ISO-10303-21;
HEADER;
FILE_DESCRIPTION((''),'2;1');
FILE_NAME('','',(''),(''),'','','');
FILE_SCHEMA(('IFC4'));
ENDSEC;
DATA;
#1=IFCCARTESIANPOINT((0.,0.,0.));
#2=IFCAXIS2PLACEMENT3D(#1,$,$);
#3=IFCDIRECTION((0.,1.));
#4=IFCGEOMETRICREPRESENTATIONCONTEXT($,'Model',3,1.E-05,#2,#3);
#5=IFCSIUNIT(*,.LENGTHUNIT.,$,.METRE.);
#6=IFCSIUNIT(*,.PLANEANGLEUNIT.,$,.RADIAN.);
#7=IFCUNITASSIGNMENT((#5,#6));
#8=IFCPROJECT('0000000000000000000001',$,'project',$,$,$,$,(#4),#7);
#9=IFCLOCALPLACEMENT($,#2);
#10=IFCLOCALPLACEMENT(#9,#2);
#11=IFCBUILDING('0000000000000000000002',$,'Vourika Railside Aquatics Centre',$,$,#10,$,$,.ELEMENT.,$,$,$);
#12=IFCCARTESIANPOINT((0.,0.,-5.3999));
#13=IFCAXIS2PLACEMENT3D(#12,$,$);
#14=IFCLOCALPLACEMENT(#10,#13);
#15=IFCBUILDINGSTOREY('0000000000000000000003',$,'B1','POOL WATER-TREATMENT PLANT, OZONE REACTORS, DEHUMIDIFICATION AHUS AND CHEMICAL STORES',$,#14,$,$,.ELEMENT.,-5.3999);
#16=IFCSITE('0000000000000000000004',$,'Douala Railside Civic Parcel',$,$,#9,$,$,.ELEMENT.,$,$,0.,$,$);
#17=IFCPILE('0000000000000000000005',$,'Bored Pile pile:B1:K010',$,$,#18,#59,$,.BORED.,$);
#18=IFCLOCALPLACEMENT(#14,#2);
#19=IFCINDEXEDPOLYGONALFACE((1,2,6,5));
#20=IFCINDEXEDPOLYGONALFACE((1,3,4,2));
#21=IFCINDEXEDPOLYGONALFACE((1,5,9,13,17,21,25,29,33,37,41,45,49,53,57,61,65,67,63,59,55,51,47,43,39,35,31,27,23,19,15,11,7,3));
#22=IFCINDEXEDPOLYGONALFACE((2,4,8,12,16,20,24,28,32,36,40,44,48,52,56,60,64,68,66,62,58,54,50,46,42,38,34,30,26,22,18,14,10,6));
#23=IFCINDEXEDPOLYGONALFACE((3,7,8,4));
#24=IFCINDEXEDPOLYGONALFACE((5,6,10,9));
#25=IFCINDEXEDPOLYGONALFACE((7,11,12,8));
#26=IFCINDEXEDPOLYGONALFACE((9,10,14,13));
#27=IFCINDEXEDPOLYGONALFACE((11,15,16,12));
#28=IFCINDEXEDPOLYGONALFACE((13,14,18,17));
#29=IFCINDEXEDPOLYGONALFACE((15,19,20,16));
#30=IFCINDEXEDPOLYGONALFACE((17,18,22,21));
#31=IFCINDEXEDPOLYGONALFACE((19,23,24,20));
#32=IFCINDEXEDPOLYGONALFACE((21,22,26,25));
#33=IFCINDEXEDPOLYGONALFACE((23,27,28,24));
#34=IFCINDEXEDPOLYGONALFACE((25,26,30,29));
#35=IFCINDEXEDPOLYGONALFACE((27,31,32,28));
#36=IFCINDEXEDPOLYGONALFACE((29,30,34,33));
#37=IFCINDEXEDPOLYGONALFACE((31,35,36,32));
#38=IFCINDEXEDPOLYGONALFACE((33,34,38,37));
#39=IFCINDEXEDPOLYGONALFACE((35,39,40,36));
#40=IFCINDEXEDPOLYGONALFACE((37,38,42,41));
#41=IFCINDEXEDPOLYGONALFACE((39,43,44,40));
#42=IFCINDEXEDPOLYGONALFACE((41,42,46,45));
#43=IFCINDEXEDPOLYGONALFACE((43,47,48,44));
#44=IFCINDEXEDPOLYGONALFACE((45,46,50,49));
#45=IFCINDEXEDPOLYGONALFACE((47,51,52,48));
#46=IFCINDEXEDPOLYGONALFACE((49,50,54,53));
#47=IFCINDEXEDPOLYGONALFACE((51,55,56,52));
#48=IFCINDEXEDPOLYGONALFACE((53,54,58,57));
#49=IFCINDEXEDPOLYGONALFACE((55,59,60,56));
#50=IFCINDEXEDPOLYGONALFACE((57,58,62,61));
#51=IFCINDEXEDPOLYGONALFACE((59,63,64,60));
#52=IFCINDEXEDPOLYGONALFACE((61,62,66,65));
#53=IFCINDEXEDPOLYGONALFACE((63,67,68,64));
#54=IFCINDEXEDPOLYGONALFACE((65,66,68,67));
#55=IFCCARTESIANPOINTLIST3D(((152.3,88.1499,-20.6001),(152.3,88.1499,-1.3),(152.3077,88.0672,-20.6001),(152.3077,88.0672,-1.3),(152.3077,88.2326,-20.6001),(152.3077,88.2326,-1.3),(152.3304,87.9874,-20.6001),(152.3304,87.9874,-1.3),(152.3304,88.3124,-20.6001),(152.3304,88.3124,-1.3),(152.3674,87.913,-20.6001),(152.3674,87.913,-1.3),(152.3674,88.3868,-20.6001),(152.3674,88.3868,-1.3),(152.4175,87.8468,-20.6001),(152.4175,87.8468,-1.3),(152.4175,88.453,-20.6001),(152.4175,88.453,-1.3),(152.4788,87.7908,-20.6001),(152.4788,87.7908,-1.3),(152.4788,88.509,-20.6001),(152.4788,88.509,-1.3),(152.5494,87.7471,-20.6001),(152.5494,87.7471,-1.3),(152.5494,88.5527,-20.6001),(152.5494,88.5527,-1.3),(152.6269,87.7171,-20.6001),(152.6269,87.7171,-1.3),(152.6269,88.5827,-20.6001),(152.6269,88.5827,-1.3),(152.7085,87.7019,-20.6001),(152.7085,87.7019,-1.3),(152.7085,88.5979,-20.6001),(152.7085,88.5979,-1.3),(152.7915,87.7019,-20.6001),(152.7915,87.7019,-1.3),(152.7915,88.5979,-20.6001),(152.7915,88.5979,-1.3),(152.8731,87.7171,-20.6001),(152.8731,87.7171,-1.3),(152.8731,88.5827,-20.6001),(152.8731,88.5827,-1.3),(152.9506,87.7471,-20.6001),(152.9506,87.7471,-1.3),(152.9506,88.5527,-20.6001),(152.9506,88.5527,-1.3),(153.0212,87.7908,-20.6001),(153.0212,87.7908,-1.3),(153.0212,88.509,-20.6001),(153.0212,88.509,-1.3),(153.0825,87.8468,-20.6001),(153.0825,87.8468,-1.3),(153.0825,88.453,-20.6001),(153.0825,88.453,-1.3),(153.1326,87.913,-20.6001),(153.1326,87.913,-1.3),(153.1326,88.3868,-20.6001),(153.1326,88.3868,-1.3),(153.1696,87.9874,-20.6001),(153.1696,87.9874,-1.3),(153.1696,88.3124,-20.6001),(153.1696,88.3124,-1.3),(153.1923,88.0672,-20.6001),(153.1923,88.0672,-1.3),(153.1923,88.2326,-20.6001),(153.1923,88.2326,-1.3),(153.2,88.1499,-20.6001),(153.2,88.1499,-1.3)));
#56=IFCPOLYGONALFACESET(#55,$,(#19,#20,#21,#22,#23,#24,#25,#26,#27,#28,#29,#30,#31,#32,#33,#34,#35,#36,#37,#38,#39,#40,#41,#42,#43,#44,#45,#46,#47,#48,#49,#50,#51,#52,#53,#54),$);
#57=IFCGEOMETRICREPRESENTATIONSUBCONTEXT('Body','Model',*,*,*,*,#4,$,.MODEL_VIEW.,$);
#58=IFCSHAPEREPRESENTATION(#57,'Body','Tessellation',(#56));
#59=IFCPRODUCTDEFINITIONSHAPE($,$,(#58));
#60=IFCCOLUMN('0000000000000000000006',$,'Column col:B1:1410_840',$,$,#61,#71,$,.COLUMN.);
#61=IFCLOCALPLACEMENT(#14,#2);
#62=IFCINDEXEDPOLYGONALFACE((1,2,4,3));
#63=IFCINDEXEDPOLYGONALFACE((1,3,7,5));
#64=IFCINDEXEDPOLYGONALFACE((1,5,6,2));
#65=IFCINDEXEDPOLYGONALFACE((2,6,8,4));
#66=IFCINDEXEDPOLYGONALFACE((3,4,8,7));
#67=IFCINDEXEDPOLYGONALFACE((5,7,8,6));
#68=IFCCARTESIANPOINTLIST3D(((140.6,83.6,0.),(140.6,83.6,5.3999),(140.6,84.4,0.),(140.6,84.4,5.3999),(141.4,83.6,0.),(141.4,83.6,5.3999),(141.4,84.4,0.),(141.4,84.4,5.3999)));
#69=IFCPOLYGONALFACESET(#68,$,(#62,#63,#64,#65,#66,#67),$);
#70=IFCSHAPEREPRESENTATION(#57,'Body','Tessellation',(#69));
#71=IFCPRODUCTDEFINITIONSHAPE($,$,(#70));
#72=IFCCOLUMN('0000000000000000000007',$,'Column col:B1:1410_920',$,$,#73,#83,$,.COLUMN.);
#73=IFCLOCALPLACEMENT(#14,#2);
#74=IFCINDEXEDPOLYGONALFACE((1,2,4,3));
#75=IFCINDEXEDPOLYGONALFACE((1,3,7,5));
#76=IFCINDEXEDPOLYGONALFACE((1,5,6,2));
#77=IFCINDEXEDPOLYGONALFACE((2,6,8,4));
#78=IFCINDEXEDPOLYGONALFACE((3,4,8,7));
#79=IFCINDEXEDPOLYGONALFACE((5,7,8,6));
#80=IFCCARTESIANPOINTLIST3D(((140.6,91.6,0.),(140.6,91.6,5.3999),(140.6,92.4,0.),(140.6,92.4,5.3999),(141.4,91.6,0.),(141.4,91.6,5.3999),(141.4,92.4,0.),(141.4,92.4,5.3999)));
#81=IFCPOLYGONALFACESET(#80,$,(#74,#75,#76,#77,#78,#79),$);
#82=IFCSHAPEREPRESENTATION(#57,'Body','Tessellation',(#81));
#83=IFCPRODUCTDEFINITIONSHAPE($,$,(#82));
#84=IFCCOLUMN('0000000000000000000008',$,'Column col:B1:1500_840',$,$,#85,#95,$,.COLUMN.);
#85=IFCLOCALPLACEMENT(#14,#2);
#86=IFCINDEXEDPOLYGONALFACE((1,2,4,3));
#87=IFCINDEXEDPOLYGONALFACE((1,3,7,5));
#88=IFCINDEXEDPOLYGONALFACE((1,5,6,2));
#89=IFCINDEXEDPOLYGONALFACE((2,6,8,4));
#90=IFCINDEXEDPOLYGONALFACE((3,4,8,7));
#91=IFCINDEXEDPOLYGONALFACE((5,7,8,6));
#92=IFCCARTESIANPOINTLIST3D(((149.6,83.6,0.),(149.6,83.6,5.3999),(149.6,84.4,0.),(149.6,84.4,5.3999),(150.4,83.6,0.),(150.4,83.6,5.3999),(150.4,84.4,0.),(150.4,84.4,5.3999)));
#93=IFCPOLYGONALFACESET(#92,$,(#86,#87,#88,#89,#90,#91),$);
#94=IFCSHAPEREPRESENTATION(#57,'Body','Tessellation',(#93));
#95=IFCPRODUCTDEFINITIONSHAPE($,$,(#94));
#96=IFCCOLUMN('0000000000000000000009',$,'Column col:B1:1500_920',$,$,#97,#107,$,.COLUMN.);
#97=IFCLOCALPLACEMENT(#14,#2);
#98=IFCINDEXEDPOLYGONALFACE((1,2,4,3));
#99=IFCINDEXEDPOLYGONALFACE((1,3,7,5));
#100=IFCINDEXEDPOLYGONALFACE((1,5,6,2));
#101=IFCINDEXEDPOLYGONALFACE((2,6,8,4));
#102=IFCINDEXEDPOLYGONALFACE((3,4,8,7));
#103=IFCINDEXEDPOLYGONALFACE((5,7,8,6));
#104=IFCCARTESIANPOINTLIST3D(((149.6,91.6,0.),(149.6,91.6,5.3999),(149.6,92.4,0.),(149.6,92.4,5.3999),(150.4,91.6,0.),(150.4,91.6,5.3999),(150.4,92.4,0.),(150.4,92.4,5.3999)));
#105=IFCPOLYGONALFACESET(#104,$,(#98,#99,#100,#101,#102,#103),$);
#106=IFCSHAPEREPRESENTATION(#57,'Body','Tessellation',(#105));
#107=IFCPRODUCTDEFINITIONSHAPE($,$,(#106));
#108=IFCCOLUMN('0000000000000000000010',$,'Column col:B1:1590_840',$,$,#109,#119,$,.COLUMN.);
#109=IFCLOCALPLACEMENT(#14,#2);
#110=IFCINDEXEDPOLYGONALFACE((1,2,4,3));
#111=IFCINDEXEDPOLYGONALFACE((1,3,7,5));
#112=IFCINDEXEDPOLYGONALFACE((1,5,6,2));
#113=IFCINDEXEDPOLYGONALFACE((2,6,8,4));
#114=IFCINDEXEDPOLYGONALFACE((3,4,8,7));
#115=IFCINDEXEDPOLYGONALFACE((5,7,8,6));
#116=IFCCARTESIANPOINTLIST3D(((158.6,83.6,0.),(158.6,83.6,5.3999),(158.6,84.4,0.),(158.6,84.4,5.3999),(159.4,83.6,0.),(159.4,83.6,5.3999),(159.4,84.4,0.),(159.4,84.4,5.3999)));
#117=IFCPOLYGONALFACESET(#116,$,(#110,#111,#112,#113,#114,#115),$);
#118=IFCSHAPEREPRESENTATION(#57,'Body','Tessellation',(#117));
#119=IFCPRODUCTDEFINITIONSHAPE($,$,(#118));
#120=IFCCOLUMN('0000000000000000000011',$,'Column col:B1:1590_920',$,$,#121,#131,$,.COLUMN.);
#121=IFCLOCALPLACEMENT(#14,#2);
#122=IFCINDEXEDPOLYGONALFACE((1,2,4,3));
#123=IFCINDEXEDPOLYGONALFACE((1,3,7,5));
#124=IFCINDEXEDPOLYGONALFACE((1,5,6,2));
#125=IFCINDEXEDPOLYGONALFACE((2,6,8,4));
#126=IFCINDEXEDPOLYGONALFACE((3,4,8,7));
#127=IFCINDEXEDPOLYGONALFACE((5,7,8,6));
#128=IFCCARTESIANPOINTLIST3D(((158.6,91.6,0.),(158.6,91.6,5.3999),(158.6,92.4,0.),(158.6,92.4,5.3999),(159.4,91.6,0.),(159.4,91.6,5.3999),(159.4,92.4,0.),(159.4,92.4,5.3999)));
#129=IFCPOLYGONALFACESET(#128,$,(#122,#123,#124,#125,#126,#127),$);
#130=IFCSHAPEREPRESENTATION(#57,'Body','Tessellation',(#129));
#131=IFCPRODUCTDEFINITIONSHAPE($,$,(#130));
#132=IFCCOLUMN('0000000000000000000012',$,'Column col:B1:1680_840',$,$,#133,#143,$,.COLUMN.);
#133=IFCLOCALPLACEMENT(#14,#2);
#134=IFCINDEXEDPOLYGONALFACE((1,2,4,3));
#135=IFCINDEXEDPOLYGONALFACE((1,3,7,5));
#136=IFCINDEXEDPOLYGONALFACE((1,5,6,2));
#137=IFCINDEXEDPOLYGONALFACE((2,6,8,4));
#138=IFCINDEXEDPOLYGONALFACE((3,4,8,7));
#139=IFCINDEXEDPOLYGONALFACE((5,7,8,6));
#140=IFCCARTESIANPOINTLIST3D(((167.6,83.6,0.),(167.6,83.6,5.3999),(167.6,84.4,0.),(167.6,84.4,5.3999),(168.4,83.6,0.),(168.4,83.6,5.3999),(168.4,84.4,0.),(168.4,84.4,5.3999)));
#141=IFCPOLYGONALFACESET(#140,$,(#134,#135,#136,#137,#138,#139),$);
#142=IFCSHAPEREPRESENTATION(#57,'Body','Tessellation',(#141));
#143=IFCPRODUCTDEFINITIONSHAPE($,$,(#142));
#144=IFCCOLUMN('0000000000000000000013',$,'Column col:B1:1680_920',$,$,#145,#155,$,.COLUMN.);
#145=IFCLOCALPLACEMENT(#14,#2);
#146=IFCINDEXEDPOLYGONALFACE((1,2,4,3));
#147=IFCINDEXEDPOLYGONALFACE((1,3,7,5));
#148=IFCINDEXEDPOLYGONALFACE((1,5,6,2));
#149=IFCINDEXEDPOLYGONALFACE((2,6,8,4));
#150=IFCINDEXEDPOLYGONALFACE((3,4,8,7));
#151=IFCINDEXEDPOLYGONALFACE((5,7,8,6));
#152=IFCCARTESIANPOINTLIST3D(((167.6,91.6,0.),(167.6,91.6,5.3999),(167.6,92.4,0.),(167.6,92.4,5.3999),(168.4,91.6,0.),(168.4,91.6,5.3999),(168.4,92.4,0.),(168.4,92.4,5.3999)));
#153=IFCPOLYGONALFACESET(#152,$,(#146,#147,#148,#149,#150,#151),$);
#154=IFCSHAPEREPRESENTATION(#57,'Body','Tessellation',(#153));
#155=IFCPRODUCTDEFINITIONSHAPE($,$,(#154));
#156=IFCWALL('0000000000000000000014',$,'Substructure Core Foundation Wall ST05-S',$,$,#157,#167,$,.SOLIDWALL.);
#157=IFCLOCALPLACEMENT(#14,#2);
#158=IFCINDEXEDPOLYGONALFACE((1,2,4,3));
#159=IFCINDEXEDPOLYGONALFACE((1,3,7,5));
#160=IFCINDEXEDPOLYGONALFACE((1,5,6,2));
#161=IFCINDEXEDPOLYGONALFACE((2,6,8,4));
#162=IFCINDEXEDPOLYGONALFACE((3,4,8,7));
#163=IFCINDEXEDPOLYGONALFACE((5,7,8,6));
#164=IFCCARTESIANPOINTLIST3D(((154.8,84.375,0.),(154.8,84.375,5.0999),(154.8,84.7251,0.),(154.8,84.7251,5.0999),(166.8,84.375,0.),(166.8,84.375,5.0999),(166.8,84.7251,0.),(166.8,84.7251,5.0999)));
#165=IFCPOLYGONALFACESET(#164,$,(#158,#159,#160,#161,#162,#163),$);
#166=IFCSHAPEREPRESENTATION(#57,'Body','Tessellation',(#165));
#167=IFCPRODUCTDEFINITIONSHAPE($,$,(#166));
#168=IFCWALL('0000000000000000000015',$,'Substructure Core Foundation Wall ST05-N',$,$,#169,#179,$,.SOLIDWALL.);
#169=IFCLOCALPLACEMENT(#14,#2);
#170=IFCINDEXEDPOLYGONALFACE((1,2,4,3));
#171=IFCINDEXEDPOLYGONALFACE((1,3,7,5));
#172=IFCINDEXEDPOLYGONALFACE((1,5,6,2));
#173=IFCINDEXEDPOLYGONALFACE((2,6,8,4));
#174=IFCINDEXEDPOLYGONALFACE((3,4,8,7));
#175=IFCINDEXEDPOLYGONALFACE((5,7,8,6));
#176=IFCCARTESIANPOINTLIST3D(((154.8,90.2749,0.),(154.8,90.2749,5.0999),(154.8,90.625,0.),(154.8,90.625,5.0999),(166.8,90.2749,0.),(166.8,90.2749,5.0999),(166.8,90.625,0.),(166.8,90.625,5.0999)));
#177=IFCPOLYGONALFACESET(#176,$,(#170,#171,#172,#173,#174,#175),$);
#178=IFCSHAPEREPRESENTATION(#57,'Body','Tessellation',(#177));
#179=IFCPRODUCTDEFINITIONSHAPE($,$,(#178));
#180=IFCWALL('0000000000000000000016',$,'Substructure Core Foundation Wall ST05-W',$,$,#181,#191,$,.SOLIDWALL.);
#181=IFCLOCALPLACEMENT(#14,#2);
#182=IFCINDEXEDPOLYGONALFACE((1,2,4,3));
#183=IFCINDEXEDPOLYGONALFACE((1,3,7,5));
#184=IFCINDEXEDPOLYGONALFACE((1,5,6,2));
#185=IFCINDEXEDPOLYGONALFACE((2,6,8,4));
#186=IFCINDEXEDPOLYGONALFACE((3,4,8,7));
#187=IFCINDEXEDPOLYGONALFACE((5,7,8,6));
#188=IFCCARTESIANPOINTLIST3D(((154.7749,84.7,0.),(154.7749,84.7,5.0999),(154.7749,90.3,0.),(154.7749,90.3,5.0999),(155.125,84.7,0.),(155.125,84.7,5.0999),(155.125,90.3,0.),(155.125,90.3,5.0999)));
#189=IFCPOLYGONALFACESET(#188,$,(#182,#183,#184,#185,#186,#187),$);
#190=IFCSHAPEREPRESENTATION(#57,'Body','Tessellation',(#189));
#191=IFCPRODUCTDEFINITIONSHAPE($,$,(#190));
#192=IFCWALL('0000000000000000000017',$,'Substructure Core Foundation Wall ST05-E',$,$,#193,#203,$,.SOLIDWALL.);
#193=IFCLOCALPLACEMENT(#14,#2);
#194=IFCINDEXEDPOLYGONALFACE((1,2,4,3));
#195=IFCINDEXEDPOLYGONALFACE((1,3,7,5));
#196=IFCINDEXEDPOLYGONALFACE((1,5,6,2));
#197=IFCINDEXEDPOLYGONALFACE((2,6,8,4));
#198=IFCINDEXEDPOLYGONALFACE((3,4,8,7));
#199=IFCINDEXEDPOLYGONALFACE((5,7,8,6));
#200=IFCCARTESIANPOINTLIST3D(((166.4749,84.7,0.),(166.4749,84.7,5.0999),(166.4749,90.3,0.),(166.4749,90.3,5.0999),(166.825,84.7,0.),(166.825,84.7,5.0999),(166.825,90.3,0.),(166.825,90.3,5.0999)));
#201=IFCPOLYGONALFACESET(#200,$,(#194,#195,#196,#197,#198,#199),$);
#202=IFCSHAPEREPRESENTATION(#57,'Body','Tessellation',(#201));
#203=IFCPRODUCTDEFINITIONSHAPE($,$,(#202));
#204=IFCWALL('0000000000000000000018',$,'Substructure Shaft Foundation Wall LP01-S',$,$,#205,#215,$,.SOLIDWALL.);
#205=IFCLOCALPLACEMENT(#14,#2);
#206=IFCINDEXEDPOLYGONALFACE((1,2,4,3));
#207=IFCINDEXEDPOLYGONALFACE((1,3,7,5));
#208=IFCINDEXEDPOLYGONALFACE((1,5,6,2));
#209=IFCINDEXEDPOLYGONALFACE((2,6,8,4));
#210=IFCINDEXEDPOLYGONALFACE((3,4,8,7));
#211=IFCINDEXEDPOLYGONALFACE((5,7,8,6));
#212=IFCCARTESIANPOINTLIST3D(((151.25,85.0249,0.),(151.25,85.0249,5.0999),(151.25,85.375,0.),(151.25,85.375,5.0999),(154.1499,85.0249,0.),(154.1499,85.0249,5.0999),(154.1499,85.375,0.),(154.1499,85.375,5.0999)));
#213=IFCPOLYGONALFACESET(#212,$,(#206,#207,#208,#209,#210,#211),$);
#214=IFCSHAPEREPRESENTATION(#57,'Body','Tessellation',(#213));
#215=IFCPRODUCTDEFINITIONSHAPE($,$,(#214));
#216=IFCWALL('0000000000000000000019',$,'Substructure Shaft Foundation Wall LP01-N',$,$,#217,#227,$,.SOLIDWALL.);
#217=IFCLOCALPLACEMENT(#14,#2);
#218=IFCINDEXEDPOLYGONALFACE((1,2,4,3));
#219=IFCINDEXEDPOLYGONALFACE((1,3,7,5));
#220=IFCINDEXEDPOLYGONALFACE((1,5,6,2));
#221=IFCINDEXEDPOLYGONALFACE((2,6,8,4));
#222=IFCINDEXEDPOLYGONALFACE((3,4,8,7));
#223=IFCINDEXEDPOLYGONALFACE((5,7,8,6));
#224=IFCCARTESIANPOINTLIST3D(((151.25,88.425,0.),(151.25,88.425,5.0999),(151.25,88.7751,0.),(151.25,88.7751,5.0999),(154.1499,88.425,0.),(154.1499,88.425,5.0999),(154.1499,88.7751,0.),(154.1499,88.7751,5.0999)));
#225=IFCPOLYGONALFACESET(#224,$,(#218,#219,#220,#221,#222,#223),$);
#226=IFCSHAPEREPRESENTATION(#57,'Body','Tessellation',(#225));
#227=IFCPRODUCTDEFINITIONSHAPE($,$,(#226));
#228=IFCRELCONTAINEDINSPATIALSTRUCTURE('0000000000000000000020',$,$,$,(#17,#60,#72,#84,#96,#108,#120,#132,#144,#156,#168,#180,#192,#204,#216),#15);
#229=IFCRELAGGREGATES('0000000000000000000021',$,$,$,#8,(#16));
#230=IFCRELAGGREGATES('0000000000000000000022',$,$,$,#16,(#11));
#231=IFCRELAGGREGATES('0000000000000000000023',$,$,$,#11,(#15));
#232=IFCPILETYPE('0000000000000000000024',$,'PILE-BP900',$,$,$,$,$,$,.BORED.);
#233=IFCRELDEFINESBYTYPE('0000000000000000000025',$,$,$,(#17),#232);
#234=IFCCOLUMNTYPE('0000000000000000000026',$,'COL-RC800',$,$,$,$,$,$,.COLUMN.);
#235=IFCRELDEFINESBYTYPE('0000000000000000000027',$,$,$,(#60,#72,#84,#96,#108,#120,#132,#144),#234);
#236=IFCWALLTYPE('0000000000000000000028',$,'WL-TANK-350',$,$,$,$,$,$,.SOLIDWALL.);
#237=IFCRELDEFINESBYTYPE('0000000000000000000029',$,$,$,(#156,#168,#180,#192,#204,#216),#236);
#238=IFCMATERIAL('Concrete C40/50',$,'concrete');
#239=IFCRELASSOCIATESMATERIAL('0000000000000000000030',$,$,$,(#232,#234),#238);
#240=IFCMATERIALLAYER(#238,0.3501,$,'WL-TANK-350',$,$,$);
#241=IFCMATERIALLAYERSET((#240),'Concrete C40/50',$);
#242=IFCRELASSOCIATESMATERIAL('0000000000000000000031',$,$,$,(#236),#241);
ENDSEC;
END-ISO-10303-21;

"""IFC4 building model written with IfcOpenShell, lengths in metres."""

from ifc_helpers import new_model, si_unit, direction, frame, frame_2d, origin, origin_2d, place, context, subcontext, project, spatial, rectangle, circle, extrude, material, layer, layer_set, material_profile, profile_set, type_object, element, save


model = new_model("IFC4")

# Units and contexts
model_context = context("Model", 3, precision=1e-05, world=origin(), true_north=direction((0.0, 1.0)))
body_context = subcontext(model_context, "Body", "Model", "MODEL_VIEW")
ifc_project = project(units=[si_unit("LENGTHUNIT", "METRE"), si_unit("PLANEANGLEUNIT", "RADIAN")], contexts=[model_context])

# Site, building, storey
site_placement = place(None, origin())
site = spatial("IfcSite", under=ifc_project, at=site_placement, Name="Douala Railside Civic Parcel", CompositionType="ELEMENT", RefElevation=0.0)
building_placement = place(site_placement, origin())
building = spatial("IfcBuilding", under=site, at=building_placement, Name="Vourika Railside Aquatics Centre", CompositionType="ELEMENT")
storey_placement = place(building_placement, frame((0.0, 0.0, -5.3999)))
storey = spatial("IfcBuildingStorey", under=building, at=storey_placement, Name="B1", Description="POOL WATER-TREATMENT PLANT, OZONE REACTORS, DEHUMIDIFICATION AHUS AND CHEMICAL STORES", CompositionType="ELEMENT", Elevation=-5.3999)

# Shared definitions
ifc_material = material(Name="Concrete C40/50", Category="concrete")

# Pile
ifc_material_profile_1 = material_profile(ifc_material, circle(Radius=0.45, at=origin_2d()), Name="BP 900")
ifc_profile_set_1 = profile_set([ifc_material_profile_1], Name="Concrete C40/50")
pile_type_1 = type_object("IfcPileType", Name="PILE-BP900", PredefinedType="BORED", material=ifc_profile_set_1)
for number, where, z_axis, x_axis, name in (
    (1, (152.75, 88.1499, -1.3), (0.0, 0.0, -1.0), (1.0, 0.0, 0.0), "Bored Pile pile:B1:K010"),
):
    element("IfcPile", number, at=place(storey_placement, frame(where, z_axis=z_axis, x_axis=x_axis)), inside=storey, type_object=pile_type_1, Name=name, PredefinedType="BORED", context=body_context, shape_type="SweptSolid", body=[
        extrude(circle(Radius=0.45, at=origin_2d()), origin(), (0.0, 0.0, 1.0), 19.3),
    ])

# Columns
ifc_material_profile_2 = material_profile(ifc_material, rectangle(XDim=0.8, YDim=0.8, at=origin_2d()), Name="RC 800x800")
ifc_profile_set_2 = profile_set([ifc_material_profile_2], Name="Concrete C40/50")
column_type = type_object("IfcColumnType", Name="COL-RC800", PredefinedType="COLUMN", material=ifc_profile_set_2)
for number, where, z_axis, x_axis, name in (
    (2, (141.0, 84.0, 0.0), (0.0, 0.0, 1.0), (1.0, 0.0, 0.0), "Column col:B1:1410_840"),
    (3, (141.0, 92.0, 0.0), (0.0, 0.0, 1.0), (1.0, 0.0, 0.0), "Column col:B1:1410_920"),
    (4, (150.0, 84.0, 0.0), (0.0, 0.0, 1.0), (1.0, 0.0, 0.0), "Column col:B1:1500_840"),
    (5, (150.0, 92.0, 0.0), (0.0, 0.0, 1.0), (1.0, 0.0, 0.0), "Column col:B1:1500_920"),
    (6, (159.0, 84.0, 0.0), (0.0, 0.0, 1.0), (1.0, 0.0, 0.0), "Column col:B1:1590_840"),
    (7, (159.0, 92.0, 0.0), (0.0, 0.0, 1.0), (1.0, 0.0, 0.0), "Column col:B1:1590_920"),
    (8, (168.0, 84.0, 0.0), (0.0, 0.0, 1.0), (1.0, 0.0, 0.0), "Column col:B1:1680_840"),
    (9, (168.0, 92.0, 0.0), (0.0, 0.0, 1.0), (1.0, 0.0, 0.0), "Column col:B1:1680_920"),
):
    element("IfcColumn", number, at=place(storey_placement, frame(where, z_axis=z_axis, x_axis=x_axis)), inside=storey, type_object=column_type, Name=name, PredefinedType="COLUMN", context=body_context, shape_type="SweptSolid", body=[
        extrude(rectangle(XDim=0.8, YDim=0.8, at=origin_2d()), origin(), (0.0, 0.0, 1.0), 5.3999),
    ])

# Walls
ifc_layer = layer(ifc_material, 0.3501, Name="WL-TANK-350")
ifc_layer_set = layer_set([ifc_layer], Name="Concrete C40/50")
wall_type = type_object("IfcWallType", Name="WL-TANK-350", PredefinedType="SOLIDWALL", material=ifc_layer_set)
for number, where, z_axis, x_axis, name in (
    (10, (154.8, 84.55, 0.0), (0.0, 0.0, 1.0), (1.0, 0.0, 0.0), "Substructure Core Foundation Wall ST05-S"),
    (11, (166.8, 90.45, 0.0), (0.0, 0.0, 1.0), (-1.0, 0.0, 0.0), "Substructure Core Foundation Wall ST05-N"),
):
    element("IfcWall", number, at=place(storey_placement, frame(where, z_axis=z_axis, x_axis=x_axis)), inside=storey, type_object=wall_type, Name=name, PredefinedType="SOLIDWALL", context=body_context, shape_type="SweptSolid", body=[
        extrude(rectangle(XDim=12.0, YDim=0.3501, at=frame_2d((6.0, 0.0))), origin(), (0.0, 0.0, 1.0), 5.0999),
    ])
for number, where, z_axis, x_axis, name in (
    (12, (154.95, 90.3, 0.0), (0.0, 0.0, 1.0), (0.0, -1.0, 0.0), "Substructure Core Foundation Wall ST05-W"),
    (13, (166.6499, 84.7, 0.0), (0.0, 0.0, 1.0), (0.0, 1.0, 0.0), "Substructure Core Foundation Wall ST05-E"),
):
    element("IfcWall", number, at=place(storey_placement, frame(where, z_axis=z_axis, x_axis=x_axis)), inside=storey, type_object=wall_type, Name=name, PredefinedType="SOLIDWALL", context=body_context, shape_type="SweptSolid", body=[
        extrude(rectangle(XDim=5.6001, YDim=0.3501, at=frame_2d((2.8, 0.0))), origin(), (0.0, 0.0, 1.0), 5.0999),
    ])
for number, where, z_axis, x_axis, name in (
    (14, (151.25, 85.2, 0.0), (0.0, 0.0, 1.0), (1.0, 0.0, 0.0), "Substructure Shaft Foundation Wall LP01-S"),
    (15, (154.1499, 88.6001, 0.0), (0.0, 0.0, 1.0), (-1.0, 0.0, 0.0), "Substructure Shaft Foundation Wall LP01-N"),
):
    element("IfcWall", number, at=place(storey_placement, frame(where, z_axis=z_axis, x_axis=x_axis)), inside=storey, type_object=wall_type, Name=name, PredefinedType="SOLIDWALL", context=body_context, shape_type="SweptSolid", body=[
        extrude(rectangle(XDim=2.8999, YDim=0.3501, at=frame_2d((1.45, 0.0))), origin(), (0.0, 0.0, 1.0), 5.0999),
    ])

save(model, "model.ifc")
